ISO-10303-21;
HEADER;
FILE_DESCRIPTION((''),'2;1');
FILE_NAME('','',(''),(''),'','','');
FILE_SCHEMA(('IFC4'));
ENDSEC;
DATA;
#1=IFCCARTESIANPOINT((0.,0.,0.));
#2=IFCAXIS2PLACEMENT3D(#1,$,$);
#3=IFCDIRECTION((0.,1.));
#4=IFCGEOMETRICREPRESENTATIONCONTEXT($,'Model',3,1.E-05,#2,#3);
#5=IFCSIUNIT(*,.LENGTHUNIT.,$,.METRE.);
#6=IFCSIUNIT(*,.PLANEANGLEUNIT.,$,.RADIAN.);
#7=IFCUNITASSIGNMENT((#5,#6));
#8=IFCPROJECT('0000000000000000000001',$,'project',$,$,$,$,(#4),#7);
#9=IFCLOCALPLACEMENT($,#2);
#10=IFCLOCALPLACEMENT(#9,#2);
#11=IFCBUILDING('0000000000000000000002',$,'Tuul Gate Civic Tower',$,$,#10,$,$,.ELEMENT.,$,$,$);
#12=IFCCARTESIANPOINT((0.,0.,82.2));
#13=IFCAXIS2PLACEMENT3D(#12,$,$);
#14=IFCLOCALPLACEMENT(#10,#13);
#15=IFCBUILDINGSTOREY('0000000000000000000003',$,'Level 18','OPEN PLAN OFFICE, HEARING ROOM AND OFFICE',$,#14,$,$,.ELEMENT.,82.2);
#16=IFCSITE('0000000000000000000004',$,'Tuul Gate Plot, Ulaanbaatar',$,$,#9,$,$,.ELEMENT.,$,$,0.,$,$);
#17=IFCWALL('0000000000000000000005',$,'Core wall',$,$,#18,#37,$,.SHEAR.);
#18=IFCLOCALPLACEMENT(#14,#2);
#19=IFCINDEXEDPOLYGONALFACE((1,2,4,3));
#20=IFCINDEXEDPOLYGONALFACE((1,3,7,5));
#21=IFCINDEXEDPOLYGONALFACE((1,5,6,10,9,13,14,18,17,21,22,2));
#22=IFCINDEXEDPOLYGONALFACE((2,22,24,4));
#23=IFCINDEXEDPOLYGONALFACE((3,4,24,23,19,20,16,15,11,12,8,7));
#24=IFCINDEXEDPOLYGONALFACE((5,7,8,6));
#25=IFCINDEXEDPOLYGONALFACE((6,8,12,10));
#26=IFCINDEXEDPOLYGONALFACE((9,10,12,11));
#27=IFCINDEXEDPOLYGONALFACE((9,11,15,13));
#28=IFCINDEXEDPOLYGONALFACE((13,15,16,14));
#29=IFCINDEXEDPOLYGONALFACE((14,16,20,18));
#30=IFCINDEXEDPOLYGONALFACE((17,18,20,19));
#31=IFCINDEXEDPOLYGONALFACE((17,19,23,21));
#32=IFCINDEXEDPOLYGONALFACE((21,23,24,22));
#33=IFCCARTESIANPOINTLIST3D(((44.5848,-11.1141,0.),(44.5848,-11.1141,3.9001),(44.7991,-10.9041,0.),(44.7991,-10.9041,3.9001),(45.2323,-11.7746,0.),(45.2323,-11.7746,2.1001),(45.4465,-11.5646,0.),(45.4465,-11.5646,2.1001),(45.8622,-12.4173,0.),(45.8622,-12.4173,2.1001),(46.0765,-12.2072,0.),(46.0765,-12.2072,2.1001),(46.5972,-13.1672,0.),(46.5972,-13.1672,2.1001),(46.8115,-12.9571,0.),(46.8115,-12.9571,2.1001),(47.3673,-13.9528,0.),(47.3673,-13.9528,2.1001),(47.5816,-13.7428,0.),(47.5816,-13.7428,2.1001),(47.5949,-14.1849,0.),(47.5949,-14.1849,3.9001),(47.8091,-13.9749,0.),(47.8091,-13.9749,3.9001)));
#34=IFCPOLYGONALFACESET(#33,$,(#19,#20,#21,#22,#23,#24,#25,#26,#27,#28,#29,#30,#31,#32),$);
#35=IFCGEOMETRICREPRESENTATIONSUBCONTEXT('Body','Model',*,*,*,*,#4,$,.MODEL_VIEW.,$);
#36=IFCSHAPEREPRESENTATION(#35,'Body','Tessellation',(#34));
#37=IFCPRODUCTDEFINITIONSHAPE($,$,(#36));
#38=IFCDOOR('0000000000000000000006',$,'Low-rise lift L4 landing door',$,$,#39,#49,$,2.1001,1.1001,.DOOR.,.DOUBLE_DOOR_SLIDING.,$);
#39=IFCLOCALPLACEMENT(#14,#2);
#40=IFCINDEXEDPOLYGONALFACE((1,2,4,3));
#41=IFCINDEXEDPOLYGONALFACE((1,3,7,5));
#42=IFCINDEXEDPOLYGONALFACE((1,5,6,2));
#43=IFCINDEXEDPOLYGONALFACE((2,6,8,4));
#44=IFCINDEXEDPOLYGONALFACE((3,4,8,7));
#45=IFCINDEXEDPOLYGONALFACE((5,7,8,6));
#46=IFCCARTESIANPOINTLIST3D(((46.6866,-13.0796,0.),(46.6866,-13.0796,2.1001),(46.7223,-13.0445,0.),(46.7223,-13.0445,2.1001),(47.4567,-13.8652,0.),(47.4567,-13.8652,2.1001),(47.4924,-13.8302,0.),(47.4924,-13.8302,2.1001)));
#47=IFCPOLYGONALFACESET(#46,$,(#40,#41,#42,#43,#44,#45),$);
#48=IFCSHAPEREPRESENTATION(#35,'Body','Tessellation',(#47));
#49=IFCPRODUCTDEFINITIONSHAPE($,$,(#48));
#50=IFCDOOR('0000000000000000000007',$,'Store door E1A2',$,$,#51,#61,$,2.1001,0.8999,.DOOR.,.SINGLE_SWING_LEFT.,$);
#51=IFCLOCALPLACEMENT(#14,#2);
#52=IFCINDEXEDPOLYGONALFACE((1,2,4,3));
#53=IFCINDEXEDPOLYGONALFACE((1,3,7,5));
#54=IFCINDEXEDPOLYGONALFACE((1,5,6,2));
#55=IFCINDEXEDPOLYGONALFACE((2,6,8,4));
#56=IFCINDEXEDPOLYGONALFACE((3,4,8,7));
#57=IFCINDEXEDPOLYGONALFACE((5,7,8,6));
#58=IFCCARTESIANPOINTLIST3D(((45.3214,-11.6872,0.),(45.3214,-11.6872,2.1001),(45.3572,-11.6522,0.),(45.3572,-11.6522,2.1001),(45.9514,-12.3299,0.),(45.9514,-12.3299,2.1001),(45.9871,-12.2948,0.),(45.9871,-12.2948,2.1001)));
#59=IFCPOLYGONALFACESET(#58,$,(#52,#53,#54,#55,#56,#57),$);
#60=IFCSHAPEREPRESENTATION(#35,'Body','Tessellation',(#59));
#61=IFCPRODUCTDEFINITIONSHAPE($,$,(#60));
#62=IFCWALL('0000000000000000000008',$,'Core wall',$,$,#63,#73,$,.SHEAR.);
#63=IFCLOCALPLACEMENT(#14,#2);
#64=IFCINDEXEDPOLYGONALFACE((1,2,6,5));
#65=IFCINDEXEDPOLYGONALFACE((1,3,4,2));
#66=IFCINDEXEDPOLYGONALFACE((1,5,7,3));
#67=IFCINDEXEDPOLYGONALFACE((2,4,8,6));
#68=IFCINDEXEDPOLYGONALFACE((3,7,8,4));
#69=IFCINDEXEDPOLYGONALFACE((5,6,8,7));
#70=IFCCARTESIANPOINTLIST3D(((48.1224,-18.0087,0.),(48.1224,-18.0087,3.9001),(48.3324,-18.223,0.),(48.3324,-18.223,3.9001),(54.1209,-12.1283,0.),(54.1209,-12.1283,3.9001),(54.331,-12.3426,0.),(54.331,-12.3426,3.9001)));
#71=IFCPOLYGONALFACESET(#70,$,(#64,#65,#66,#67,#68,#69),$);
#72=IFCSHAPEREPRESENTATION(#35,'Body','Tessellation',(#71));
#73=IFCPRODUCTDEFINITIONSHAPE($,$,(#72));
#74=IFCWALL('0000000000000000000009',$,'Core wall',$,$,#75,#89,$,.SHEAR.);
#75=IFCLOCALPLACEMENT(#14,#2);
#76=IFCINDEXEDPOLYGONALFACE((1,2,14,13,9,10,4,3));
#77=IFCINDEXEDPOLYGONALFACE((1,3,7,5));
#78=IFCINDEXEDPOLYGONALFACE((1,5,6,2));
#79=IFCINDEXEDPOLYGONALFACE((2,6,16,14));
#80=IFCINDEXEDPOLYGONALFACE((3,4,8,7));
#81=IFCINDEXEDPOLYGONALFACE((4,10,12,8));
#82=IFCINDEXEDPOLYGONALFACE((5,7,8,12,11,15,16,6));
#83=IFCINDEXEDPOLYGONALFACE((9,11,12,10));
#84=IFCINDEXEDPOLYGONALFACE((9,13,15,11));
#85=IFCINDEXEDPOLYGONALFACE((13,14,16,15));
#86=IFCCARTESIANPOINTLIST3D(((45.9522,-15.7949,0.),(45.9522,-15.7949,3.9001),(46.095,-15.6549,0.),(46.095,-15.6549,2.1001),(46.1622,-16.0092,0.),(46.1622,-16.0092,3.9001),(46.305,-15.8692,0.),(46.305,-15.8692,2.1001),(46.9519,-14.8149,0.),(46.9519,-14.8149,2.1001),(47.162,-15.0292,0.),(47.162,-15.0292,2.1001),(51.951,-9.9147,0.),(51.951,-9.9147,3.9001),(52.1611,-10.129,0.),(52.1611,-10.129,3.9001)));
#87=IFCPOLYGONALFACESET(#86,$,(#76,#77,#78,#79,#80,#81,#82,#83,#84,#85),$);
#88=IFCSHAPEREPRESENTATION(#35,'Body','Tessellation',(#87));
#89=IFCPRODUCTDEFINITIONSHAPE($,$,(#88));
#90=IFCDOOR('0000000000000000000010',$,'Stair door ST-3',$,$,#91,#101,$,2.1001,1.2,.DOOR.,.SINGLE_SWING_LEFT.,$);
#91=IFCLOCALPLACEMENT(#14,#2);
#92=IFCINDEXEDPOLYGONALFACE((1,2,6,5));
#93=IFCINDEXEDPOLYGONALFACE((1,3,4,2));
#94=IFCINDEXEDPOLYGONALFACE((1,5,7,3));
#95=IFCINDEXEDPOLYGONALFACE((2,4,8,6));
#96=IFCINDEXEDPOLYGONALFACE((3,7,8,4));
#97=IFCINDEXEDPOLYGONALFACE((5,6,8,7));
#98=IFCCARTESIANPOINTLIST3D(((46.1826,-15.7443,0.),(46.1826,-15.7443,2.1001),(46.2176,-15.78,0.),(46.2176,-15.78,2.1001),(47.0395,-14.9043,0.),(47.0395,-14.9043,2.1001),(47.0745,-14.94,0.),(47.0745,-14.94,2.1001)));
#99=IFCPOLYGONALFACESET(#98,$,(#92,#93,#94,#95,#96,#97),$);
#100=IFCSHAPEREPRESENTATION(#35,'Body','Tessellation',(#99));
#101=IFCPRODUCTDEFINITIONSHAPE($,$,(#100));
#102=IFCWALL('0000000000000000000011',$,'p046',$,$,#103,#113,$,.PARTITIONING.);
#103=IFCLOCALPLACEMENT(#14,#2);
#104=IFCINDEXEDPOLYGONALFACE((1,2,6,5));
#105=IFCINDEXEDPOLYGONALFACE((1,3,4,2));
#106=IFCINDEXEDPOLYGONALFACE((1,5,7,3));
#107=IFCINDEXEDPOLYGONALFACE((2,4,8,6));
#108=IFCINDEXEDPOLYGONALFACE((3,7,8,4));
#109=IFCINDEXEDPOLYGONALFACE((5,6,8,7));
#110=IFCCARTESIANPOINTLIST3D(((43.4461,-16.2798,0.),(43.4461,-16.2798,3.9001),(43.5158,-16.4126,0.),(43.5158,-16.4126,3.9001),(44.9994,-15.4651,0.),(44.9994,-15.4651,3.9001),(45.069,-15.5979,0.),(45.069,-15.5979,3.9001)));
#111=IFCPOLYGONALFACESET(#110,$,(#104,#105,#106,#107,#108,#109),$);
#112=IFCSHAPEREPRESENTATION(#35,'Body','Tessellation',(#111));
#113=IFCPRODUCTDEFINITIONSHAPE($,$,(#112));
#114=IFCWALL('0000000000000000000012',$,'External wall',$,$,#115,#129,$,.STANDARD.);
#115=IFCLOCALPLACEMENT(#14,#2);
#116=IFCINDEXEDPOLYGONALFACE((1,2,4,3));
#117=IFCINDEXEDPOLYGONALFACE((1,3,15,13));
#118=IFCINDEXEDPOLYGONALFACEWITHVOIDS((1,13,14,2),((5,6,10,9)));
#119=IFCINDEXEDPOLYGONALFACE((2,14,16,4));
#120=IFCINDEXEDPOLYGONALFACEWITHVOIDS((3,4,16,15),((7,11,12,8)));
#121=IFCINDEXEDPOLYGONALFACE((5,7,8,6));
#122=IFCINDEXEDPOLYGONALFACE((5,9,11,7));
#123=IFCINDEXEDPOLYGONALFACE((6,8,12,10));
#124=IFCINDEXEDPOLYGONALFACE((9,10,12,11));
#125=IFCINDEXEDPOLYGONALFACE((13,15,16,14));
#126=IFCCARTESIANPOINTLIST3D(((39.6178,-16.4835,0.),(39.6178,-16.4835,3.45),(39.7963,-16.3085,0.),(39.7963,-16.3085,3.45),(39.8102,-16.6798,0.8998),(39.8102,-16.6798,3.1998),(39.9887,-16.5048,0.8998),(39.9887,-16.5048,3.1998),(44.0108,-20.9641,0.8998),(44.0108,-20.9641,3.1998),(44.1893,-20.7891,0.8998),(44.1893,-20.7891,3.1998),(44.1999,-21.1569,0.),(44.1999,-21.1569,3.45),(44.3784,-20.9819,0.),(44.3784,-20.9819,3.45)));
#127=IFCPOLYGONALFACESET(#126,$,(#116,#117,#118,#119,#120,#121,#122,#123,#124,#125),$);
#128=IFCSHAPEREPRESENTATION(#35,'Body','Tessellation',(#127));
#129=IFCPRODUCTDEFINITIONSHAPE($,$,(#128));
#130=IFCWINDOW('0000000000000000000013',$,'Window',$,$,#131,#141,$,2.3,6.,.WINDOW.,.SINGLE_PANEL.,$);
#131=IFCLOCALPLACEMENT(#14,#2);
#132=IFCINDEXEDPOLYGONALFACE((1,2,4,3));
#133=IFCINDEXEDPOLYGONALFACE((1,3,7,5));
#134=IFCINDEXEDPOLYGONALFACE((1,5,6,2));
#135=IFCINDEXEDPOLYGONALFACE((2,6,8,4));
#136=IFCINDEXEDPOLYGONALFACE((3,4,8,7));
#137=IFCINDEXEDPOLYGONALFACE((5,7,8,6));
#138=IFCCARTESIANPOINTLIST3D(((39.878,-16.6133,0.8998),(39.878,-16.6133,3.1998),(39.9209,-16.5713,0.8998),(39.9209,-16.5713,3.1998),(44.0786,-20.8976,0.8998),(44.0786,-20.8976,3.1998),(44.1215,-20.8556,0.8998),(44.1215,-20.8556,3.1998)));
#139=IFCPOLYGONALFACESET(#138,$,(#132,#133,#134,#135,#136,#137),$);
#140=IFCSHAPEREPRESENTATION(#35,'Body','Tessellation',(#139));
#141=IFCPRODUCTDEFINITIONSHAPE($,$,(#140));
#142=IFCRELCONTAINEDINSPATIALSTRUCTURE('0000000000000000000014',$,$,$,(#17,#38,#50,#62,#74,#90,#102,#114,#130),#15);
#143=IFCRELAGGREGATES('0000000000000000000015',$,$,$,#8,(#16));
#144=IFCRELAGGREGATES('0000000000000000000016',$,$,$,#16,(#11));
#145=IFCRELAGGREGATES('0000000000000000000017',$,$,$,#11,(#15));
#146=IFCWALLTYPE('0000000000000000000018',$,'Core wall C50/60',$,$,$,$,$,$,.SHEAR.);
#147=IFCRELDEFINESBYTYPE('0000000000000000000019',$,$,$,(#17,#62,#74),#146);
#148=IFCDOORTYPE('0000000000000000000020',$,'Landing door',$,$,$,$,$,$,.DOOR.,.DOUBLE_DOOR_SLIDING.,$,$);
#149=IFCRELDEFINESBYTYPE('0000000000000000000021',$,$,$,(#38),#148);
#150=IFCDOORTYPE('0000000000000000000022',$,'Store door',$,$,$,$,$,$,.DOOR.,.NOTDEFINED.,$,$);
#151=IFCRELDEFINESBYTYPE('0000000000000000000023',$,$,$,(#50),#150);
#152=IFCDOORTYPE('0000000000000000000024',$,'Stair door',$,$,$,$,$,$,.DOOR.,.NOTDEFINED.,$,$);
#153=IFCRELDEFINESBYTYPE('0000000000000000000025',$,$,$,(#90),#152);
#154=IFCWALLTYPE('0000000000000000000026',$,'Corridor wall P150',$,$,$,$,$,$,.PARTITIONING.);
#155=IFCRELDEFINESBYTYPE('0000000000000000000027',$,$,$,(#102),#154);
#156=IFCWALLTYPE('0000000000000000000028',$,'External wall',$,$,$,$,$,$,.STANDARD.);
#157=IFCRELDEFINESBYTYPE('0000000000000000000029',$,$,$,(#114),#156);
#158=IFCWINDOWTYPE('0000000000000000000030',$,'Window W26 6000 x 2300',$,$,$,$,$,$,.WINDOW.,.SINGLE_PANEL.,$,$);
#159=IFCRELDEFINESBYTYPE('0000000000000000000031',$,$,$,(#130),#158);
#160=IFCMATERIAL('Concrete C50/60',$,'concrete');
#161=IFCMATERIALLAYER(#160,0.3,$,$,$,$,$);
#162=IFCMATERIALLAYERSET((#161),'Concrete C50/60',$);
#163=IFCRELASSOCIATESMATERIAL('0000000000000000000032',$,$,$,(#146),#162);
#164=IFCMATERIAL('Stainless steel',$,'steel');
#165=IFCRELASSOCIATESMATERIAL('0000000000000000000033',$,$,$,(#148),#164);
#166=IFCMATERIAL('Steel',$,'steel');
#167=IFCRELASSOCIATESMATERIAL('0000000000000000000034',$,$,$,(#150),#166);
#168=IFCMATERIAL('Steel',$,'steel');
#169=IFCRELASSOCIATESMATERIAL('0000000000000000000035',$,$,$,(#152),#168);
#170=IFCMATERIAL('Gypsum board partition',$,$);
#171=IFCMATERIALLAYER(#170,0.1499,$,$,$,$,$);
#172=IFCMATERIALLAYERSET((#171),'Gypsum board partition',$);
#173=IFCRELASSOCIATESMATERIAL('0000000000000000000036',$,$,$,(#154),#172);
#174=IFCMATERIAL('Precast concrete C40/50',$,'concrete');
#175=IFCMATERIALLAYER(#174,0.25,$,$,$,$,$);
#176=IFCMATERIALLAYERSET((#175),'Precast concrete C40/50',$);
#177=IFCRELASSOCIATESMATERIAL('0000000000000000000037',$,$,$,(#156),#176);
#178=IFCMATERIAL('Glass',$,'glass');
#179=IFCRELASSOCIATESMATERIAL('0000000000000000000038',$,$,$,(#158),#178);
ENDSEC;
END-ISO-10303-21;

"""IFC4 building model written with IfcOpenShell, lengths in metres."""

from ifc_helpers import new_model, si_unit, direction, frame, frame_2d, origin, place, context, subcontext, project, spatial, rectangle, extrude, material, layer, layer_set, type_object, element, fill, save


model = new_model("IFC4")

# Units and contexts
model_context = context("Model", 3, precision=1e-05, world=origin(), true_north=direction((0.0, 1.0)))
body_context = subcontext(model_context, "Body", "Model", "MODEL_VIEW")
ifc_project = project(units=[si_unit("LENGTHUNIT", "METRE"), si_unit("PLANEANGLEUNIT", "RADIAN")], contexts=[model_context])

# Site, building, storey
site_placement = place(None, origin())
site = spatial("IfcSite", under=ifc_project, at=site_placement, Name="Tuul Gate Plot, Ulaanbaatar", CompositionType="ELEMENT", RefElevation=0.0)
building_placement = place(site_placement, origin())
building = spatial("IfcBuilding", under=site, at=building_placement, Name="Tuul Gate Civic Tower", CompositionType="ELEMENT")
storey_placement = place(building_placement, frame((0.0, 0.0, 82.2)))
storey = spatial("IfcBuildingStorey", under=building, at=storey_placement, Name="Level 18", Description="OPEN PLAN OFFICE, HEARING ROOM AND OFFICE", CompositionType="ELEMENT", Elevation=82.2)

# Shared definitions
ifc_material_1 = material(Name="Concrete C50/60", Category="concrete")
ifc_layer_1 = layer(ifc_material_1, 0.3)
ifc_layer_set_1 = layer_set([ifc_layer_1], Name="Concrete C50/60")
wall_type_1 = type_object("IfcWallType", Name="Core wall C50/60", PredefinedType="SHEAR", material=ifc_layer_set_1)

# Wall, openings, doors
wall_1_placement = place(storey_placement, frame((47.7019, -14.0798, 0.0), z_axis=(0.0, 0.0, 1.0), x_axis=(-0.700003, 0.71414, 0.0)))
wall_1 = element("IfcWall", 1, at=wall_1_placement, inside=storey, type_object=wall_type_1, Name="Core wall", PredefinedType="SHEAR", context=body_context, shape_type="SweptSolid", body=[
    extrude(rectangle(XDim=4.3, YDim=0.3, at=frame_2d((2.1499, 0.0))), origin(), (0.0, 0.0, 1.0), 3.9001),
])
opening_1_placement = place(wall_1_placement, frame((0.325, 0.0, 0.0)))
opening_1 = element("IfcOpeningElement", 2, at=opening_1_placement, cuts=wall_1, PredefinedType="OPENING", context=body_context, shape_type="SweptSolid", body=[
    extrude(rectangle(XDim=1.1001, YDim=2.1001, at=frame_2d((0.55, 1.05))), frame((0.0, 0.1602, 0.0), z_axis=(0.0, -1.0, 0.0), x_axis=(1.0, 0.0, 0.0)), (0.0, 0.0, 1.0), 0.3201),
])
opening_2_placement = place(wall_1_placement, frame((2.4751, 0.0, 0.0)))
opening_2 = element("IfcOpeningElement", 3, at=opening_2_placement, cuts=wall_1, PredefinedType="OPENING", context=body_context, shape_type="SweptSolid", body=[
    extrude(rectangle(XDim=0.8999, YDim=2.1001, at=frame_2d((0.45, 1.05))), frame((0.0, 0.1602, 0.0), z_axis=(0.0, -1.0, 0.0), x_axis=(1.0, 0.0, 0.0)), (0.0, 0.0, 1.0), 0.3201),
])
ifc_material_2 = material(Name="Stainless steel", Category="steel")
door_type_1 = type_object("IfcDoorType", Name="Landing door", OperationType="DOUBLE_DOOR_SLIDING", PredefinedType="DOOR", material=ifc_material_2)
door_1_placement = place(opening_1_placement, origin())
door_1 = element("IfcDoor", 4, at=door_1_placement, inside=storey, type_object=door_type_1, Name="Low-rise lift L4 landing door", OperationType="DOUBLE_DOOR_SLIDING", OverallHeight=2.1001, OverallWidth=1.1001, PredefinedType="DOOR", context=body_context, shape_type="SweptSolid", body=[
    extrude(rectangle(XDim=1.1001, YDim=2.1001, at=frame_2d((0.55, 1.05))), frame((0.0, 0.0249, 0.0), z_axis=(0.0, -1.0, 0.0), x_axis=(1.0, 0.0, 0.0)), (0.0, 0.0, 1.0), 0.05),
])
fill(opening_1, door_1)
ifc_material_3 = material(Name="Steel", Category="steel")
door_type_2 = type_object("IfcDoorType", Name="Store door", OperationType="NOTDEFINED", PredefinedType="DOOR", material=ifc_material_3)
door_2_placement = place(opening_2_placement, frame((0.8999, 0.0, 0.0), z_axis=(0.0, 0.0, 1.0), x_axis=(-1.0, 0.0, 0.0)))
door_2 = element("IfcDoor", 5, at=door_2_placement, inside=storey, type_object=door_type_2, Name="Store door E1A2", OperationType="SINGLE_SWING_LEFT", OverallHeight=2.1001, OverallWidth=0.8999, PredefinedType="DOOR", context=body_context, shape_type="SweptSolid", body=[
    extrude(rectangle(XDim=0.8999, YDim=2.1001, at=frame_2d((0.45, 1.05))), frame((0.0, 0.0249, 0.0), z_axis=(0.0, -1.0, 0.0), x_axis=(1.0, 0.0, 0.0)), (0.0, 0.0, 1.0), 0.05),
])
fill(opening_2, door_2)

# Wall
wall_2_placement = place(storey_placement, frame((48.2273, -18.116, 0.0), z_axis=(0.0, 0.0, 1.0), x_axis=(0.714105, 0.700038, 0.0)))
element("IfcWall", 6, at=wall_2_placement, inside=storey, type_object=wall_type_1, Name="Core wall", PredefinedType="SHEAR", context=body_context, shape_type="SweptSolid", body=[
    extrude(rectangle(XDim=8.4001, YDim=0.3, at=frame_2d((4.2002, 0.0))), origin(), (0.0, 0.0, 1.0), 3.9001),
])

# Wall, opening, door
wall_3_placement = place(storey_placement, frame((46.0571, -15.9021, 0.0), z_axis=(0.0, 0.0, 1.0), x_axis=(0.714134, 0.700009, 0.0)))
wall_3 = element("IfcWall", 7, at=wall_3_placement, inside=storey, type_object=wall_type_1, Name="Core wall", PredefinedType="SHEAR", context=body_context, shape_type="SweptSolid", body=[
    extrude(rectangle(XDim=8.4001, YDim=0.3, at=frame_2d((4.2002, 0.0))), origin(), (0.0, 0.0, 1.0), 3.9001),
])
opening_3_placement = place(wall_3_placement, frame((0.2, 0.0, 0.0)))
opening_3 = element("IfcOpeningElement", 8, at=opening_3_placement, cuts=wall_3, PredefinedType="OPENING", context=body_context, shape_type="SweptSolid", body=[
    extrude(rectangle(XDim=1.2, YDim=2.1001, at=frame_2d((0.6001, 1.05))), frame((0.0, 0.1602, 0.0), z_axis=(0.0, -1.0, 0.0), x_axis=(1.0, 0.0, 0.0)), (0.0, 0.0, 1.0), 0.3201),
])
ifc_material_4 = material(Name="Steel", Category="steel")
door_type_3 = type_object("IfcDoorType", Name="Stair door", OperationType="NOTDEFINED", PredefinedType="DOOR", material=ifc_material_4)
door_3_placement = place(opening_3_placement, origin())
door_3 = element("IfcDoor", 9, at=door_3_placement, inside=storey, type_object=door_type_3, Name="Stair door ST-3", OperationType="SINGLE_SWING_LEFT", OverallHeight=2.1001, OverallWidth=1.2, PredefinedType="DOOR", context=body_context, shape_type="SweptSolid", body=[
    extrude(rectangle(XDim=1.2, YDim=2.1001, at=frame_2d((0.6001, 1.05))), frame((0.0, 0.0249, 0.0), z_axis=(0.0, -1.0, 0.0), x_axis=(1.0, 0.0, 0.0)), (0.0, 0.0, 1.0), 0.05),
])
fill(opening_3, door_3)

# Wall
ifc_material_5 = material(Name="Gypsum board partition")
ifc_layer_2 = layer(ifc_material_5, 0.1499)
ifc_layer_set_2 = layer_set([ifc_layer_2], Name="Gypsum board partition")
wall_type_2 = type_object("IfcWallType", Name="Corridor wall P150", PredefinedType="PARTITIONING", material=ifc_layer_set_2)
wall_4_placement = place(storey_placement, frame((43.481, -16.3462, 0.0), z_axis=(0.0, 0.0, 1.0), x_axis=(0.885573, 0.464501, 0.0)))
element("IfcWall", 10, at=wall_4_placement, inside=storey, type_object=wall_type_2, Name="p046", PredefinedType="PARTITIONING", context=body_context, shape_type="SweptSolid", body=[
    extrude(rectangle(XDim=1.7539, YDim=0.1499, at=frame_2d((0.877, 0.0))), origin(), (0.0, 0.0, 1.0), 3.9001),
])

# Wall, opening, window
ifc_material_6 = material(Name="Precast concrete C40/50", Category="concrete")
ifc_layer_3 = layer(ifc_material_6, 0.25)
ifc_layer_set_3 = layer_set([ifc_layer_3], Name="Precast concrete C40/50")
wall_type_3 = type_object("IfcWallType", Name="External wall", PredefinedType="STANDARD", material=ifc_layer_set_3)
wall_5_placement = place(storey_placement, frame((39.707, -16.396, 0.0), z_axis=(0.0, 0.0, 1.0), x_axis=(0.700097, -0.714048, 0.0)))
wall_5 = element("IfcWall", 11, at=wall_5_placement, inside=storey, type_object=wall_type_3, Name="External wall", PredefinedType="STANDARD", context=body_context, shape_type="SweptSolid", body=[
    extrude(rectangle(XDim=6.5449, YDim=0.25, at=frame_2d((3.2725, 0.0))), origin(), (0.0, 0.0, 1.0), 3.45),
])
opening_4_placement = place(wall_5_placement, frame((0.2749, 0.0, 0.8999)))
opening_4 = element("IfcOpeningElement", 12, at=opening_4_placement, cuts=wall_5, PredefinedType="OPENING", context=body_context, shape_type="SweptSolid", body=[
    extrude(rectangle(XDim=6.0, YDim=2.3, at=frame_2d((3.0, 1.1499))), frame((0.0, 0.135, 0.0), z_axis=(0.0, -1.0, 0.0), x_axis=(1.0, 0.0, 0.0)), (0.0, 0.0, 1.0), 0.27),
])
ifc_material_7 = material(Name="Glass", Category="glass")
window_type_1 = type_object("IfcWindowType", Name="Window W26 6000 x 2300", PartitioningType="SINGLE_PANEL", PredefinedType="WINDOW", material=ifc_material_7)
window_1_placement = place(opening_4_placement, origin())
window_1 = element("IfcWindow", 13, at=window_1_placement, inside=storey, type_object=window_type_1, Name="Window", OverallHeight=2.3, OverallWidth=6.0, PartitioningType="SINGLE_PANEL", PredefinedType="WINDOW", context=body_context, shape_type="SweptSolid", body=[
    extrude(rectangle(XDim=6.0, YDim=2.3, at=frame_2d((3.0, 1.1499))), frame((0.0, 0.03, 0.0), z_axis=(0.0, -1.0, 0.0), x_axis=(1.0, 0.0, 0.0)), (0.0, 0.0, 1.0), 0.0601),
])
fill(opening_4, window_1)

save(model, "model.ifc")
